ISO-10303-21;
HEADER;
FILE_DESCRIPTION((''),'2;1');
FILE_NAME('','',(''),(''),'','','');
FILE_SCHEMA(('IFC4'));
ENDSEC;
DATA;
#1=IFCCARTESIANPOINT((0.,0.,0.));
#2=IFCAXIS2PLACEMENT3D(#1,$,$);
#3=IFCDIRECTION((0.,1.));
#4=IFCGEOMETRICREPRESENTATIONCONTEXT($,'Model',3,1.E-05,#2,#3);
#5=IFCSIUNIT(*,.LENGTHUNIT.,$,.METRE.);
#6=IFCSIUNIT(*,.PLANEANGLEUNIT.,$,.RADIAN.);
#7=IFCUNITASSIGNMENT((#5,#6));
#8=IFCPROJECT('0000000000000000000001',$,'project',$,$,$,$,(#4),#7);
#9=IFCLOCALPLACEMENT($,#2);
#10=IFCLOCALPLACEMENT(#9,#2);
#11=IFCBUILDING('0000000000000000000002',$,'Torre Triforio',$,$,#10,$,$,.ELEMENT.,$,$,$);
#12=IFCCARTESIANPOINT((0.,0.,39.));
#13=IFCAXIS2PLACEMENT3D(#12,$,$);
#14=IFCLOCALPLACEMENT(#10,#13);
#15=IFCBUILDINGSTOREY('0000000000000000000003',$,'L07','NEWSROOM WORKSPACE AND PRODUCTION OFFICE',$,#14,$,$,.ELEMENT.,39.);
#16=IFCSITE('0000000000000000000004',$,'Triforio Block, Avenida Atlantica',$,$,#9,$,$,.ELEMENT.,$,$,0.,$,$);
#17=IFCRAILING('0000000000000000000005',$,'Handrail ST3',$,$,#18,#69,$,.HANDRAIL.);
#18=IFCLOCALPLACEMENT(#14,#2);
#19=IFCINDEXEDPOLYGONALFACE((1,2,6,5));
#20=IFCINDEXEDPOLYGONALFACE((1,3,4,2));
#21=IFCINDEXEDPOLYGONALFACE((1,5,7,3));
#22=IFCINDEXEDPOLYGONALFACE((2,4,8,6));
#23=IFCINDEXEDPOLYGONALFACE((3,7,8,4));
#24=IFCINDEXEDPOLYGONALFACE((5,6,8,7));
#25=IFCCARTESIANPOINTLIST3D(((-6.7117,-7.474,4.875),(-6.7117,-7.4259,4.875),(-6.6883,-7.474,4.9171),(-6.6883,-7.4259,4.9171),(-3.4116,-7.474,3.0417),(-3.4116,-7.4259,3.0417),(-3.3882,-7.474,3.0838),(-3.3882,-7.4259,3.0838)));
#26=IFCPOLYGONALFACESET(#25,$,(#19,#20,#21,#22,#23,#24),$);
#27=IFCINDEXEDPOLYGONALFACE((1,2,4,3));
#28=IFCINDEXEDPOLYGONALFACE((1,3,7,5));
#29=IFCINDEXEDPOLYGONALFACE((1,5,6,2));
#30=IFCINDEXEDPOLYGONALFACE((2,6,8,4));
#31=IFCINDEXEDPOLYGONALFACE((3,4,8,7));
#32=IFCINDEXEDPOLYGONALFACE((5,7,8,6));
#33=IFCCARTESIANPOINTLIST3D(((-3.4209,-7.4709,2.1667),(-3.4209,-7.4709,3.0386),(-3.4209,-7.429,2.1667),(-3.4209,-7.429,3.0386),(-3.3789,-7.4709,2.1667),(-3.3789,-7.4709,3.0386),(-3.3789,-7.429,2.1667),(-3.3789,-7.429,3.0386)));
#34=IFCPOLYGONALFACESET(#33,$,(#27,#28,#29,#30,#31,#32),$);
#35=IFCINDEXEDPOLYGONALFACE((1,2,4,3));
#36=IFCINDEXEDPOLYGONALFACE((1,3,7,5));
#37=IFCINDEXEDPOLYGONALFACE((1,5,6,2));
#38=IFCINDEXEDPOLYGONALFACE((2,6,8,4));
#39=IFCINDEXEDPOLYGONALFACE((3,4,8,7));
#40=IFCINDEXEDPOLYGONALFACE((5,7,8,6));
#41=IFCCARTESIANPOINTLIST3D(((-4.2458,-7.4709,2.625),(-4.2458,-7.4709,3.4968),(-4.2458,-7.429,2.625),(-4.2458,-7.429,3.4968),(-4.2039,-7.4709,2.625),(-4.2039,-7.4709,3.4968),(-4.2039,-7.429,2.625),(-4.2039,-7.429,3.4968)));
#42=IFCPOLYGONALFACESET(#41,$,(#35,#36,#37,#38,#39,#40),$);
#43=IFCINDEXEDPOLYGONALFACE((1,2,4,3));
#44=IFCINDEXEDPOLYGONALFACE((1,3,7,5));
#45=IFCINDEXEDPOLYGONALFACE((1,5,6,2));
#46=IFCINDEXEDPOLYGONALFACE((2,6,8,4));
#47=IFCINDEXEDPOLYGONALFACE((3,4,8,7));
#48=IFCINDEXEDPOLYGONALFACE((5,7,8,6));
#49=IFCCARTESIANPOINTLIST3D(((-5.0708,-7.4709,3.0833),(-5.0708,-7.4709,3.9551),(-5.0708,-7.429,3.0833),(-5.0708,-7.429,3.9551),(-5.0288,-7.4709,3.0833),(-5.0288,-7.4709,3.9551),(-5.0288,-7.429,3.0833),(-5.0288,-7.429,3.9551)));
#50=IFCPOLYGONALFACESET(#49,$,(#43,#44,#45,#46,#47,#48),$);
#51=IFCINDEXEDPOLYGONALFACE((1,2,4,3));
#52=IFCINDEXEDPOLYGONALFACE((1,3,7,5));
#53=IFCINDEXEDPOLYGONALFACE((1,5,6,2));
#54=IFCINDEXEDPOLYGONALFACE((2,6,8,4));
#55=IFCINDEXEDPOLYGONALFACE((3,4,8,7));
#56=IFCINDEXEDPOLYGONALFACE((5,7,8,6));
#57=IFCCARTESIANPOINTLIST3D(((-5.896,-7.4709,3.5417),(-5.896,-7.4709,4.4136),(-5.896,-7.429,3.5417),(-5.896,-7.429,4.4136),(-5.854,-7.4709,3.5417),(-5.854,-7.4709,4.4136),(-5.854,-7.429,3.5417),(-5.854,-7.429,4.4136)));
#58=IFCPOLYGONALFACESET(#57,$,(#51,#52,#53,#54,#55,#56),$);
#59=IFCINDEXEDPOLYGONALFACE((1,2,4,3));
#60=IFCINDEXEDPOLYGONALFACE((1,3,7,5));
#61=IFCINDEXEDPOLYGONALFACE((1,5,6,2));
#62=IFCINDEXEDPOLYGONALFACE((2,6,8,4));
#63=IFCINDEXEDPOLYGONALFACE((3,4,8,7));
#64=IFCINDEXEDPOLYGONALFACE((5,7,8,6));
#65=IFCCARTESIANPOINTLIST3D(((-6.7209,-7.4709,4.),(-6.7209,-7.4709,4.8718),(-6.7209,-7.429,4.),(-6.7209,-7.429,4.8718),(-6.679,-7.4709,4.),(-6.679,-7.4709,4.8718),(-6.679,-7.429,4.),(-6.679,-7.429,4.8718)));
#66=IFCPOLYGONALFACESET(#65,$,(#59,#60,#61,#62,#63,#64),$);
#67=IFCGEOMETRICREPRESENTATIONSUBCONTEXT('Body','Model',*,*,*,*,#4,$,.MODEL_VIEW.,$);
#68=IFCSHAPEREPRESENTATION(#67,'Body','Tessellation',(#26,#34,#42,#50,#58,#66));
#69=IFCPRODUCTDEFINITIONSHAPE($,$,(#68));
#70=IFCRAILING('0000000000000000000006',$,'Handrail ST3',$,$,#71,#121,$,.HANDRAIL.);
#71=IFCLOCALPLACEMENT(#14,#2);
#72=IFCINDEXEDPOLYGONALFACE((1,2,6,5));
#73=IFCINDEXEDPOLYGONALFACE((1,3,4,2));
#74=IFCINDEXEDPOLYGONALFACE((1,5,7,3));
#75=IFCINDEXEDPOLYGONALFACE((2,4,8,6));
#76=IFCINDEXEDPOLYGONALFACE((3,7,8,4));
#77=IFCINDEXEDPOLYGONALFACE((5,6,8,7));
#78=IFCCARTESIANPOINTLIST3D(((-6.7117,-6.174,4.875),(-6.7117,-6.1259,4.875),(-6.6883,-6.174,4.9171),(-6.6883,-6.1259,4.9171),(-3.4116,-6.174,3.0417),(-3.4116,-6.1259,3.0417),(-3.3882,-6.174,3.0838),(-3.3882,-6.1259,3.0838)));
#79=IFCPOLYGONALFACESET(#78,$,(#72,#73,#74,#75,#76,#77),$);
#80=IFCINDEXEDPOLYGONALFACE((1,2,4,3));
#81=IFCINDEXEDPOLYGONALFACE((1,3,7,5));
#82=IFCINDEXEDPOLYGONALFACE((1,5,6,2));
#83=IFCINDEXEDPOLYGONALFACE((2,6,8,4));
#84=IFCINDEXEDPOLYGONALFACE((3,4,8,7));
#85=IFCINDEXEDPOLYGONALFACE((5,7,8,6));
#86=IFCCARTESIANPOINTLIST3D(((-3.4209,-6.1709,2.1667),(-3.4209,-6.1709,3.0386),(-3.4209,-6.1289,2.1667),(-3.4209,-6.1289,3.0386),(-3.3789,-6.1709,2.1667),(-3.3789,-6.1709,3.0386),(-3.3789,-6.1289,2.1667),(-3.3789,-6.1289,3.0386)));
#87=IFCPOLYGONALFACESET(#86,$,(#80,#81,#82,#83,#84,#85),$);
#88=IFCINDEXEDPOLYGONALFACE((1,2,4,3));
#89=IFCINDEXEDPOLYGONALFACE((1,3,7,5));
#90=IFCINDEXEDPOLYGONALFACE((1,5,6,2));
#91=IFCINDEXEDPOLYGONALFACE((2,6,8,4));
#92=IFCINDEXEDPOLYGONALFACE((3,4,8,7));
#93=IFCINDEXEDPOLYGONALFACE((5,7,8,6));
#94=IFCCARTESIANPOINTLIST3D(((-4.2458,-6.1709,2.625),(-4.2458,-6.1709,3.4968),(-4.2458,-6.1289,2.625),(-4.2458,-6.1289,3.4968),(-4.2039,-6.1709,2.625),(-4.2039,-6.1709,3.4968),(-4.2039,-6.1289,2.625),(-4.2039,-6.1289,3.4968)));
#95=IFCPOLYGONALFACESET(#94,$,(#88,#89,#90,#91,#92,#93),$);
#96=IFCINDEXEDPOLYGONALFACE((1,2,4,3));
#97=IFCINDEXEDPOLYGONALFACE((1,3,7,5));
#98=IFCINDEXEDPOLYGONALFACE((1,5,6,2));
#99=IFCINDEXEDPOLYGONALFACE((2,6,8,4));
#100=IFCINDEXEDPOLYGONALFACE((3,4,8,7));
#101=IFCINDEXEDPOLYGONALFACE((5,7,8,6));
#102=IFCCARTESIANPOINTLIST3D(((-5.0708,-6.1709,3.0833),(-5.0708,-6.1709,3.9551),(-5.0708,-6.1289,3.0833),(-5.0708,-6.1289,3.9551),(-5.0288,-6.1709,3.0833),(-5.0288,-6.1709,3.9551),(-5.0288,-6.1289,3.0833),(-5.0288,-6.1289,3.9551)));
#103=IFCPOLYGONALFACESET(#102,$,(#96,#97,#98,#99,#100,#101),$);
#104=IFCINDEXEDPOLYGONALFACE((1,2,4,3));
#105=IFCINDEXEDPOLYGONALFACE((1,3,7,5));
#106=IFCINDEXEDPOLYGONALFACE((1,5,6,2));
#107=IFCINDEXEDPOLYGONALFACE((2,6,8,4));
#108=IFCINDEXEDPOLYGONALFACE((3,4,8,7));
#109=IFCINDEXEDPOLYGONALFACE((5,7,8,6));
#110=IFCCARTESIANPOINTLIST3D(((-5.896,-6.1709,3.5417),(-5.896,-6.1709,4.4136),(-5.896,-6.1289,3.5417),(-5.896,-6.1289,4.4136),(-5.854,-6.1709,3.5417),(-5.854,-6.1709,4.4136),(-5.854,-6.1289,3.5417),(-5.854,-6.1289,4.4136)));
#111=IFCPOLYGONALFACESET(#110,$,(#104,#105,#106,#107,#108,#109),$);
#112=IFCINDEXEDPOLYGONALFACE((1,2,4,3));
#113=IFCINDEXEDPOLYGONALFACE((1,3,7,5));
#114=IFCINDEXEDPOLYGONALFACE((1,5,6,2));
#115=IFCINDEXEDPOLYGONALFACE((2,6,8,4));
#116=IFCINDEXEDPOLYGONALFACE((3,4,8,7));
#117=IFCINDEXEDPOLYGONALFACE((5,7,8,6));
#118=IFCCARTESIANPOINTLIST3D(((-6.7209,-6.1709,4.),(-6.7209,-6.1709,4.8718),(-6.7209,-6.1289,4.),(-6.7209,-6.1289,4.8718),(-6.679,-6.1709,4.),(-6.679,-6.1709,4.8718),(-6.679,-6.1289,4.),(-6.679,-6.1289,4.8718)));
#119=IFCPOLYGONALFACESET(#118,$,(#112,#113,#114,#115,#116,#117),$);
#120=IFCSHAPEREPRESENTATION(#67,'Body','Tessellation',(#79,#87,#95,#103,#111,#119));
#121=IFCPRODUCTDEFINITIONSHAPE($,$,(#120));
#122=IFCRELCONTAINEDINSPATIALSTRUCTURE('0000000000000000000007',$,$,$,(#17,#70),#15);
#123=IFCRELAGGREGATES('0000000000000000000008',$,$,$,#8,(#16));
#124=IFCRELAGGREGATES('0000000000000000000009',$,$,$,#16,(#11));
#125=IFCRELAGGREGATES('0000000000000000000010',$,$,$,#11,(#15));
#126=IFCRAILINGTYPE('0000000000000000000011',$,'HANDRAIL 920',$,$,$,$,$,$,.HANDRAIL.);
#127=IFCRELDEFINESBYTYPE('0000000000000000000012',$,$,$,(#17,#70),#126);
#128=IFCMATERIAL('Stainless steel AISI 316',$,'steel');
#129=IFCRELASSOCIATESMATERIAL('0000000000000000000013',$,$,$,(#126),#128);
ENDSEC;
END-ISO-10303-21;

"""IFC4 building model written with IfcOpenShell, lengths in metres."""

from ifc_helpers import new_model, si_unit, direction, frame, origin, origin_2d, place, context, subcontext, project, spatial, rectangle, extrude, material, type_object, element, save


model = new_model("IFC4")

# Units and contexts
model_context = context("Model", 3, precision=1e-05, world=origin(), true_north=direction((0.0, 1.0)))
body_context = subcontext(model_context, "Body", "Model", "MODEL_VIEW")
ifc_project = project(units=[si_unit("LENGTHUNIT", "METRE"), si_unit("PLANEANGLEUNIT", "RADIAN")], contexts=[model_context])

# Site, building, storey
site_placement = place(None, origin())
site = spatial("IfcSite", under=ifc_project, at=site_placement, Name="Triforio Block, Avenida Atlantica", CompositionType="ELEMENT", RefElevation=0.0)
building_placement = place(site_placement, origin())
building = spatial("IfcBuilding", under=site, at=building_placement, Name="Torre Triforio", CompositionType="ELEMENT")
storey_placement = place(building_placement, frame((0.0, 0.0, 39.0)))
storey = spatial("IfcBuildingStorey", under=building, at=storey_placement, Name="L07", Description="NEWSROOM WORKSPACE AND PRODUCTION OFFICE", CompositionType="ELEMENT", Elevation=39.0)

# Railings
ifc_material_1 = material(Name="Stainless steel AISI 316", Category="steel")
railing_type = type_object("IfcRailingType", Name="HANDRAIL 920", PredefinedType="HANDRAIL", material=ifc_material_1)
for number, where, name in (
    (1, (-3.3999, -7.45, 2.1667), "Handrail ST3"),
    (2, (-3.3999, -6.1499, 2.1667), "Handrail ST3"),
):
    element("IfcRailing", number, at=place(storey_placement, frame(where)), inside=storey, type_object=railing_type, Name=name, PredefinedType="HANDRAIL", context=body_context, shape_type="SweptSolid", body=[
        extrude(rectangle(XDim=0.0481, YDim=0.0481, at=origin_2d()), frame((0.0, 0.0, 0.896), z_axis=(-0.874169, 0.0, 0.485621), x_axis=(0.0, -1.0, 0.0)), (0.0, 0.0, 1.0), 3.7751),
        extrude(rectangle(XDim=0.042, YDim=0.042, at=origin_2d()), origin(), (0.0, 0.0, 1.0), 0.8718),
        extrude(rectangle(XDim=0.042, YDim=0.042, at=origin_2d()), frame((-0.825, 0.0, 0.4583)), (0.0, 0.0, 1.0), 0.8718),
        extrude(rectangle(XDim=0.042, YDim=0.042, at=origin_2d()), frame((-1.6499, 0.0, 0.9165)), (0.0, 0.0, 1.0), 0.8718),
        extrude(rectangle(XDim=0.042, YDim=0.042, at=origin_2d()), frame((-2.4751, 0.0, 1.375)), (0.0, 0.0, 1.0), 0.8718),
        extrude(rectangle(XDim=0.042, YDim=0.042, at=origin_2d()), frame((-3.3, 0.0, 1.8333)), (0.0, 0.0, 1.0), 0.8718),
    ])

save(model, "model.ifc")
